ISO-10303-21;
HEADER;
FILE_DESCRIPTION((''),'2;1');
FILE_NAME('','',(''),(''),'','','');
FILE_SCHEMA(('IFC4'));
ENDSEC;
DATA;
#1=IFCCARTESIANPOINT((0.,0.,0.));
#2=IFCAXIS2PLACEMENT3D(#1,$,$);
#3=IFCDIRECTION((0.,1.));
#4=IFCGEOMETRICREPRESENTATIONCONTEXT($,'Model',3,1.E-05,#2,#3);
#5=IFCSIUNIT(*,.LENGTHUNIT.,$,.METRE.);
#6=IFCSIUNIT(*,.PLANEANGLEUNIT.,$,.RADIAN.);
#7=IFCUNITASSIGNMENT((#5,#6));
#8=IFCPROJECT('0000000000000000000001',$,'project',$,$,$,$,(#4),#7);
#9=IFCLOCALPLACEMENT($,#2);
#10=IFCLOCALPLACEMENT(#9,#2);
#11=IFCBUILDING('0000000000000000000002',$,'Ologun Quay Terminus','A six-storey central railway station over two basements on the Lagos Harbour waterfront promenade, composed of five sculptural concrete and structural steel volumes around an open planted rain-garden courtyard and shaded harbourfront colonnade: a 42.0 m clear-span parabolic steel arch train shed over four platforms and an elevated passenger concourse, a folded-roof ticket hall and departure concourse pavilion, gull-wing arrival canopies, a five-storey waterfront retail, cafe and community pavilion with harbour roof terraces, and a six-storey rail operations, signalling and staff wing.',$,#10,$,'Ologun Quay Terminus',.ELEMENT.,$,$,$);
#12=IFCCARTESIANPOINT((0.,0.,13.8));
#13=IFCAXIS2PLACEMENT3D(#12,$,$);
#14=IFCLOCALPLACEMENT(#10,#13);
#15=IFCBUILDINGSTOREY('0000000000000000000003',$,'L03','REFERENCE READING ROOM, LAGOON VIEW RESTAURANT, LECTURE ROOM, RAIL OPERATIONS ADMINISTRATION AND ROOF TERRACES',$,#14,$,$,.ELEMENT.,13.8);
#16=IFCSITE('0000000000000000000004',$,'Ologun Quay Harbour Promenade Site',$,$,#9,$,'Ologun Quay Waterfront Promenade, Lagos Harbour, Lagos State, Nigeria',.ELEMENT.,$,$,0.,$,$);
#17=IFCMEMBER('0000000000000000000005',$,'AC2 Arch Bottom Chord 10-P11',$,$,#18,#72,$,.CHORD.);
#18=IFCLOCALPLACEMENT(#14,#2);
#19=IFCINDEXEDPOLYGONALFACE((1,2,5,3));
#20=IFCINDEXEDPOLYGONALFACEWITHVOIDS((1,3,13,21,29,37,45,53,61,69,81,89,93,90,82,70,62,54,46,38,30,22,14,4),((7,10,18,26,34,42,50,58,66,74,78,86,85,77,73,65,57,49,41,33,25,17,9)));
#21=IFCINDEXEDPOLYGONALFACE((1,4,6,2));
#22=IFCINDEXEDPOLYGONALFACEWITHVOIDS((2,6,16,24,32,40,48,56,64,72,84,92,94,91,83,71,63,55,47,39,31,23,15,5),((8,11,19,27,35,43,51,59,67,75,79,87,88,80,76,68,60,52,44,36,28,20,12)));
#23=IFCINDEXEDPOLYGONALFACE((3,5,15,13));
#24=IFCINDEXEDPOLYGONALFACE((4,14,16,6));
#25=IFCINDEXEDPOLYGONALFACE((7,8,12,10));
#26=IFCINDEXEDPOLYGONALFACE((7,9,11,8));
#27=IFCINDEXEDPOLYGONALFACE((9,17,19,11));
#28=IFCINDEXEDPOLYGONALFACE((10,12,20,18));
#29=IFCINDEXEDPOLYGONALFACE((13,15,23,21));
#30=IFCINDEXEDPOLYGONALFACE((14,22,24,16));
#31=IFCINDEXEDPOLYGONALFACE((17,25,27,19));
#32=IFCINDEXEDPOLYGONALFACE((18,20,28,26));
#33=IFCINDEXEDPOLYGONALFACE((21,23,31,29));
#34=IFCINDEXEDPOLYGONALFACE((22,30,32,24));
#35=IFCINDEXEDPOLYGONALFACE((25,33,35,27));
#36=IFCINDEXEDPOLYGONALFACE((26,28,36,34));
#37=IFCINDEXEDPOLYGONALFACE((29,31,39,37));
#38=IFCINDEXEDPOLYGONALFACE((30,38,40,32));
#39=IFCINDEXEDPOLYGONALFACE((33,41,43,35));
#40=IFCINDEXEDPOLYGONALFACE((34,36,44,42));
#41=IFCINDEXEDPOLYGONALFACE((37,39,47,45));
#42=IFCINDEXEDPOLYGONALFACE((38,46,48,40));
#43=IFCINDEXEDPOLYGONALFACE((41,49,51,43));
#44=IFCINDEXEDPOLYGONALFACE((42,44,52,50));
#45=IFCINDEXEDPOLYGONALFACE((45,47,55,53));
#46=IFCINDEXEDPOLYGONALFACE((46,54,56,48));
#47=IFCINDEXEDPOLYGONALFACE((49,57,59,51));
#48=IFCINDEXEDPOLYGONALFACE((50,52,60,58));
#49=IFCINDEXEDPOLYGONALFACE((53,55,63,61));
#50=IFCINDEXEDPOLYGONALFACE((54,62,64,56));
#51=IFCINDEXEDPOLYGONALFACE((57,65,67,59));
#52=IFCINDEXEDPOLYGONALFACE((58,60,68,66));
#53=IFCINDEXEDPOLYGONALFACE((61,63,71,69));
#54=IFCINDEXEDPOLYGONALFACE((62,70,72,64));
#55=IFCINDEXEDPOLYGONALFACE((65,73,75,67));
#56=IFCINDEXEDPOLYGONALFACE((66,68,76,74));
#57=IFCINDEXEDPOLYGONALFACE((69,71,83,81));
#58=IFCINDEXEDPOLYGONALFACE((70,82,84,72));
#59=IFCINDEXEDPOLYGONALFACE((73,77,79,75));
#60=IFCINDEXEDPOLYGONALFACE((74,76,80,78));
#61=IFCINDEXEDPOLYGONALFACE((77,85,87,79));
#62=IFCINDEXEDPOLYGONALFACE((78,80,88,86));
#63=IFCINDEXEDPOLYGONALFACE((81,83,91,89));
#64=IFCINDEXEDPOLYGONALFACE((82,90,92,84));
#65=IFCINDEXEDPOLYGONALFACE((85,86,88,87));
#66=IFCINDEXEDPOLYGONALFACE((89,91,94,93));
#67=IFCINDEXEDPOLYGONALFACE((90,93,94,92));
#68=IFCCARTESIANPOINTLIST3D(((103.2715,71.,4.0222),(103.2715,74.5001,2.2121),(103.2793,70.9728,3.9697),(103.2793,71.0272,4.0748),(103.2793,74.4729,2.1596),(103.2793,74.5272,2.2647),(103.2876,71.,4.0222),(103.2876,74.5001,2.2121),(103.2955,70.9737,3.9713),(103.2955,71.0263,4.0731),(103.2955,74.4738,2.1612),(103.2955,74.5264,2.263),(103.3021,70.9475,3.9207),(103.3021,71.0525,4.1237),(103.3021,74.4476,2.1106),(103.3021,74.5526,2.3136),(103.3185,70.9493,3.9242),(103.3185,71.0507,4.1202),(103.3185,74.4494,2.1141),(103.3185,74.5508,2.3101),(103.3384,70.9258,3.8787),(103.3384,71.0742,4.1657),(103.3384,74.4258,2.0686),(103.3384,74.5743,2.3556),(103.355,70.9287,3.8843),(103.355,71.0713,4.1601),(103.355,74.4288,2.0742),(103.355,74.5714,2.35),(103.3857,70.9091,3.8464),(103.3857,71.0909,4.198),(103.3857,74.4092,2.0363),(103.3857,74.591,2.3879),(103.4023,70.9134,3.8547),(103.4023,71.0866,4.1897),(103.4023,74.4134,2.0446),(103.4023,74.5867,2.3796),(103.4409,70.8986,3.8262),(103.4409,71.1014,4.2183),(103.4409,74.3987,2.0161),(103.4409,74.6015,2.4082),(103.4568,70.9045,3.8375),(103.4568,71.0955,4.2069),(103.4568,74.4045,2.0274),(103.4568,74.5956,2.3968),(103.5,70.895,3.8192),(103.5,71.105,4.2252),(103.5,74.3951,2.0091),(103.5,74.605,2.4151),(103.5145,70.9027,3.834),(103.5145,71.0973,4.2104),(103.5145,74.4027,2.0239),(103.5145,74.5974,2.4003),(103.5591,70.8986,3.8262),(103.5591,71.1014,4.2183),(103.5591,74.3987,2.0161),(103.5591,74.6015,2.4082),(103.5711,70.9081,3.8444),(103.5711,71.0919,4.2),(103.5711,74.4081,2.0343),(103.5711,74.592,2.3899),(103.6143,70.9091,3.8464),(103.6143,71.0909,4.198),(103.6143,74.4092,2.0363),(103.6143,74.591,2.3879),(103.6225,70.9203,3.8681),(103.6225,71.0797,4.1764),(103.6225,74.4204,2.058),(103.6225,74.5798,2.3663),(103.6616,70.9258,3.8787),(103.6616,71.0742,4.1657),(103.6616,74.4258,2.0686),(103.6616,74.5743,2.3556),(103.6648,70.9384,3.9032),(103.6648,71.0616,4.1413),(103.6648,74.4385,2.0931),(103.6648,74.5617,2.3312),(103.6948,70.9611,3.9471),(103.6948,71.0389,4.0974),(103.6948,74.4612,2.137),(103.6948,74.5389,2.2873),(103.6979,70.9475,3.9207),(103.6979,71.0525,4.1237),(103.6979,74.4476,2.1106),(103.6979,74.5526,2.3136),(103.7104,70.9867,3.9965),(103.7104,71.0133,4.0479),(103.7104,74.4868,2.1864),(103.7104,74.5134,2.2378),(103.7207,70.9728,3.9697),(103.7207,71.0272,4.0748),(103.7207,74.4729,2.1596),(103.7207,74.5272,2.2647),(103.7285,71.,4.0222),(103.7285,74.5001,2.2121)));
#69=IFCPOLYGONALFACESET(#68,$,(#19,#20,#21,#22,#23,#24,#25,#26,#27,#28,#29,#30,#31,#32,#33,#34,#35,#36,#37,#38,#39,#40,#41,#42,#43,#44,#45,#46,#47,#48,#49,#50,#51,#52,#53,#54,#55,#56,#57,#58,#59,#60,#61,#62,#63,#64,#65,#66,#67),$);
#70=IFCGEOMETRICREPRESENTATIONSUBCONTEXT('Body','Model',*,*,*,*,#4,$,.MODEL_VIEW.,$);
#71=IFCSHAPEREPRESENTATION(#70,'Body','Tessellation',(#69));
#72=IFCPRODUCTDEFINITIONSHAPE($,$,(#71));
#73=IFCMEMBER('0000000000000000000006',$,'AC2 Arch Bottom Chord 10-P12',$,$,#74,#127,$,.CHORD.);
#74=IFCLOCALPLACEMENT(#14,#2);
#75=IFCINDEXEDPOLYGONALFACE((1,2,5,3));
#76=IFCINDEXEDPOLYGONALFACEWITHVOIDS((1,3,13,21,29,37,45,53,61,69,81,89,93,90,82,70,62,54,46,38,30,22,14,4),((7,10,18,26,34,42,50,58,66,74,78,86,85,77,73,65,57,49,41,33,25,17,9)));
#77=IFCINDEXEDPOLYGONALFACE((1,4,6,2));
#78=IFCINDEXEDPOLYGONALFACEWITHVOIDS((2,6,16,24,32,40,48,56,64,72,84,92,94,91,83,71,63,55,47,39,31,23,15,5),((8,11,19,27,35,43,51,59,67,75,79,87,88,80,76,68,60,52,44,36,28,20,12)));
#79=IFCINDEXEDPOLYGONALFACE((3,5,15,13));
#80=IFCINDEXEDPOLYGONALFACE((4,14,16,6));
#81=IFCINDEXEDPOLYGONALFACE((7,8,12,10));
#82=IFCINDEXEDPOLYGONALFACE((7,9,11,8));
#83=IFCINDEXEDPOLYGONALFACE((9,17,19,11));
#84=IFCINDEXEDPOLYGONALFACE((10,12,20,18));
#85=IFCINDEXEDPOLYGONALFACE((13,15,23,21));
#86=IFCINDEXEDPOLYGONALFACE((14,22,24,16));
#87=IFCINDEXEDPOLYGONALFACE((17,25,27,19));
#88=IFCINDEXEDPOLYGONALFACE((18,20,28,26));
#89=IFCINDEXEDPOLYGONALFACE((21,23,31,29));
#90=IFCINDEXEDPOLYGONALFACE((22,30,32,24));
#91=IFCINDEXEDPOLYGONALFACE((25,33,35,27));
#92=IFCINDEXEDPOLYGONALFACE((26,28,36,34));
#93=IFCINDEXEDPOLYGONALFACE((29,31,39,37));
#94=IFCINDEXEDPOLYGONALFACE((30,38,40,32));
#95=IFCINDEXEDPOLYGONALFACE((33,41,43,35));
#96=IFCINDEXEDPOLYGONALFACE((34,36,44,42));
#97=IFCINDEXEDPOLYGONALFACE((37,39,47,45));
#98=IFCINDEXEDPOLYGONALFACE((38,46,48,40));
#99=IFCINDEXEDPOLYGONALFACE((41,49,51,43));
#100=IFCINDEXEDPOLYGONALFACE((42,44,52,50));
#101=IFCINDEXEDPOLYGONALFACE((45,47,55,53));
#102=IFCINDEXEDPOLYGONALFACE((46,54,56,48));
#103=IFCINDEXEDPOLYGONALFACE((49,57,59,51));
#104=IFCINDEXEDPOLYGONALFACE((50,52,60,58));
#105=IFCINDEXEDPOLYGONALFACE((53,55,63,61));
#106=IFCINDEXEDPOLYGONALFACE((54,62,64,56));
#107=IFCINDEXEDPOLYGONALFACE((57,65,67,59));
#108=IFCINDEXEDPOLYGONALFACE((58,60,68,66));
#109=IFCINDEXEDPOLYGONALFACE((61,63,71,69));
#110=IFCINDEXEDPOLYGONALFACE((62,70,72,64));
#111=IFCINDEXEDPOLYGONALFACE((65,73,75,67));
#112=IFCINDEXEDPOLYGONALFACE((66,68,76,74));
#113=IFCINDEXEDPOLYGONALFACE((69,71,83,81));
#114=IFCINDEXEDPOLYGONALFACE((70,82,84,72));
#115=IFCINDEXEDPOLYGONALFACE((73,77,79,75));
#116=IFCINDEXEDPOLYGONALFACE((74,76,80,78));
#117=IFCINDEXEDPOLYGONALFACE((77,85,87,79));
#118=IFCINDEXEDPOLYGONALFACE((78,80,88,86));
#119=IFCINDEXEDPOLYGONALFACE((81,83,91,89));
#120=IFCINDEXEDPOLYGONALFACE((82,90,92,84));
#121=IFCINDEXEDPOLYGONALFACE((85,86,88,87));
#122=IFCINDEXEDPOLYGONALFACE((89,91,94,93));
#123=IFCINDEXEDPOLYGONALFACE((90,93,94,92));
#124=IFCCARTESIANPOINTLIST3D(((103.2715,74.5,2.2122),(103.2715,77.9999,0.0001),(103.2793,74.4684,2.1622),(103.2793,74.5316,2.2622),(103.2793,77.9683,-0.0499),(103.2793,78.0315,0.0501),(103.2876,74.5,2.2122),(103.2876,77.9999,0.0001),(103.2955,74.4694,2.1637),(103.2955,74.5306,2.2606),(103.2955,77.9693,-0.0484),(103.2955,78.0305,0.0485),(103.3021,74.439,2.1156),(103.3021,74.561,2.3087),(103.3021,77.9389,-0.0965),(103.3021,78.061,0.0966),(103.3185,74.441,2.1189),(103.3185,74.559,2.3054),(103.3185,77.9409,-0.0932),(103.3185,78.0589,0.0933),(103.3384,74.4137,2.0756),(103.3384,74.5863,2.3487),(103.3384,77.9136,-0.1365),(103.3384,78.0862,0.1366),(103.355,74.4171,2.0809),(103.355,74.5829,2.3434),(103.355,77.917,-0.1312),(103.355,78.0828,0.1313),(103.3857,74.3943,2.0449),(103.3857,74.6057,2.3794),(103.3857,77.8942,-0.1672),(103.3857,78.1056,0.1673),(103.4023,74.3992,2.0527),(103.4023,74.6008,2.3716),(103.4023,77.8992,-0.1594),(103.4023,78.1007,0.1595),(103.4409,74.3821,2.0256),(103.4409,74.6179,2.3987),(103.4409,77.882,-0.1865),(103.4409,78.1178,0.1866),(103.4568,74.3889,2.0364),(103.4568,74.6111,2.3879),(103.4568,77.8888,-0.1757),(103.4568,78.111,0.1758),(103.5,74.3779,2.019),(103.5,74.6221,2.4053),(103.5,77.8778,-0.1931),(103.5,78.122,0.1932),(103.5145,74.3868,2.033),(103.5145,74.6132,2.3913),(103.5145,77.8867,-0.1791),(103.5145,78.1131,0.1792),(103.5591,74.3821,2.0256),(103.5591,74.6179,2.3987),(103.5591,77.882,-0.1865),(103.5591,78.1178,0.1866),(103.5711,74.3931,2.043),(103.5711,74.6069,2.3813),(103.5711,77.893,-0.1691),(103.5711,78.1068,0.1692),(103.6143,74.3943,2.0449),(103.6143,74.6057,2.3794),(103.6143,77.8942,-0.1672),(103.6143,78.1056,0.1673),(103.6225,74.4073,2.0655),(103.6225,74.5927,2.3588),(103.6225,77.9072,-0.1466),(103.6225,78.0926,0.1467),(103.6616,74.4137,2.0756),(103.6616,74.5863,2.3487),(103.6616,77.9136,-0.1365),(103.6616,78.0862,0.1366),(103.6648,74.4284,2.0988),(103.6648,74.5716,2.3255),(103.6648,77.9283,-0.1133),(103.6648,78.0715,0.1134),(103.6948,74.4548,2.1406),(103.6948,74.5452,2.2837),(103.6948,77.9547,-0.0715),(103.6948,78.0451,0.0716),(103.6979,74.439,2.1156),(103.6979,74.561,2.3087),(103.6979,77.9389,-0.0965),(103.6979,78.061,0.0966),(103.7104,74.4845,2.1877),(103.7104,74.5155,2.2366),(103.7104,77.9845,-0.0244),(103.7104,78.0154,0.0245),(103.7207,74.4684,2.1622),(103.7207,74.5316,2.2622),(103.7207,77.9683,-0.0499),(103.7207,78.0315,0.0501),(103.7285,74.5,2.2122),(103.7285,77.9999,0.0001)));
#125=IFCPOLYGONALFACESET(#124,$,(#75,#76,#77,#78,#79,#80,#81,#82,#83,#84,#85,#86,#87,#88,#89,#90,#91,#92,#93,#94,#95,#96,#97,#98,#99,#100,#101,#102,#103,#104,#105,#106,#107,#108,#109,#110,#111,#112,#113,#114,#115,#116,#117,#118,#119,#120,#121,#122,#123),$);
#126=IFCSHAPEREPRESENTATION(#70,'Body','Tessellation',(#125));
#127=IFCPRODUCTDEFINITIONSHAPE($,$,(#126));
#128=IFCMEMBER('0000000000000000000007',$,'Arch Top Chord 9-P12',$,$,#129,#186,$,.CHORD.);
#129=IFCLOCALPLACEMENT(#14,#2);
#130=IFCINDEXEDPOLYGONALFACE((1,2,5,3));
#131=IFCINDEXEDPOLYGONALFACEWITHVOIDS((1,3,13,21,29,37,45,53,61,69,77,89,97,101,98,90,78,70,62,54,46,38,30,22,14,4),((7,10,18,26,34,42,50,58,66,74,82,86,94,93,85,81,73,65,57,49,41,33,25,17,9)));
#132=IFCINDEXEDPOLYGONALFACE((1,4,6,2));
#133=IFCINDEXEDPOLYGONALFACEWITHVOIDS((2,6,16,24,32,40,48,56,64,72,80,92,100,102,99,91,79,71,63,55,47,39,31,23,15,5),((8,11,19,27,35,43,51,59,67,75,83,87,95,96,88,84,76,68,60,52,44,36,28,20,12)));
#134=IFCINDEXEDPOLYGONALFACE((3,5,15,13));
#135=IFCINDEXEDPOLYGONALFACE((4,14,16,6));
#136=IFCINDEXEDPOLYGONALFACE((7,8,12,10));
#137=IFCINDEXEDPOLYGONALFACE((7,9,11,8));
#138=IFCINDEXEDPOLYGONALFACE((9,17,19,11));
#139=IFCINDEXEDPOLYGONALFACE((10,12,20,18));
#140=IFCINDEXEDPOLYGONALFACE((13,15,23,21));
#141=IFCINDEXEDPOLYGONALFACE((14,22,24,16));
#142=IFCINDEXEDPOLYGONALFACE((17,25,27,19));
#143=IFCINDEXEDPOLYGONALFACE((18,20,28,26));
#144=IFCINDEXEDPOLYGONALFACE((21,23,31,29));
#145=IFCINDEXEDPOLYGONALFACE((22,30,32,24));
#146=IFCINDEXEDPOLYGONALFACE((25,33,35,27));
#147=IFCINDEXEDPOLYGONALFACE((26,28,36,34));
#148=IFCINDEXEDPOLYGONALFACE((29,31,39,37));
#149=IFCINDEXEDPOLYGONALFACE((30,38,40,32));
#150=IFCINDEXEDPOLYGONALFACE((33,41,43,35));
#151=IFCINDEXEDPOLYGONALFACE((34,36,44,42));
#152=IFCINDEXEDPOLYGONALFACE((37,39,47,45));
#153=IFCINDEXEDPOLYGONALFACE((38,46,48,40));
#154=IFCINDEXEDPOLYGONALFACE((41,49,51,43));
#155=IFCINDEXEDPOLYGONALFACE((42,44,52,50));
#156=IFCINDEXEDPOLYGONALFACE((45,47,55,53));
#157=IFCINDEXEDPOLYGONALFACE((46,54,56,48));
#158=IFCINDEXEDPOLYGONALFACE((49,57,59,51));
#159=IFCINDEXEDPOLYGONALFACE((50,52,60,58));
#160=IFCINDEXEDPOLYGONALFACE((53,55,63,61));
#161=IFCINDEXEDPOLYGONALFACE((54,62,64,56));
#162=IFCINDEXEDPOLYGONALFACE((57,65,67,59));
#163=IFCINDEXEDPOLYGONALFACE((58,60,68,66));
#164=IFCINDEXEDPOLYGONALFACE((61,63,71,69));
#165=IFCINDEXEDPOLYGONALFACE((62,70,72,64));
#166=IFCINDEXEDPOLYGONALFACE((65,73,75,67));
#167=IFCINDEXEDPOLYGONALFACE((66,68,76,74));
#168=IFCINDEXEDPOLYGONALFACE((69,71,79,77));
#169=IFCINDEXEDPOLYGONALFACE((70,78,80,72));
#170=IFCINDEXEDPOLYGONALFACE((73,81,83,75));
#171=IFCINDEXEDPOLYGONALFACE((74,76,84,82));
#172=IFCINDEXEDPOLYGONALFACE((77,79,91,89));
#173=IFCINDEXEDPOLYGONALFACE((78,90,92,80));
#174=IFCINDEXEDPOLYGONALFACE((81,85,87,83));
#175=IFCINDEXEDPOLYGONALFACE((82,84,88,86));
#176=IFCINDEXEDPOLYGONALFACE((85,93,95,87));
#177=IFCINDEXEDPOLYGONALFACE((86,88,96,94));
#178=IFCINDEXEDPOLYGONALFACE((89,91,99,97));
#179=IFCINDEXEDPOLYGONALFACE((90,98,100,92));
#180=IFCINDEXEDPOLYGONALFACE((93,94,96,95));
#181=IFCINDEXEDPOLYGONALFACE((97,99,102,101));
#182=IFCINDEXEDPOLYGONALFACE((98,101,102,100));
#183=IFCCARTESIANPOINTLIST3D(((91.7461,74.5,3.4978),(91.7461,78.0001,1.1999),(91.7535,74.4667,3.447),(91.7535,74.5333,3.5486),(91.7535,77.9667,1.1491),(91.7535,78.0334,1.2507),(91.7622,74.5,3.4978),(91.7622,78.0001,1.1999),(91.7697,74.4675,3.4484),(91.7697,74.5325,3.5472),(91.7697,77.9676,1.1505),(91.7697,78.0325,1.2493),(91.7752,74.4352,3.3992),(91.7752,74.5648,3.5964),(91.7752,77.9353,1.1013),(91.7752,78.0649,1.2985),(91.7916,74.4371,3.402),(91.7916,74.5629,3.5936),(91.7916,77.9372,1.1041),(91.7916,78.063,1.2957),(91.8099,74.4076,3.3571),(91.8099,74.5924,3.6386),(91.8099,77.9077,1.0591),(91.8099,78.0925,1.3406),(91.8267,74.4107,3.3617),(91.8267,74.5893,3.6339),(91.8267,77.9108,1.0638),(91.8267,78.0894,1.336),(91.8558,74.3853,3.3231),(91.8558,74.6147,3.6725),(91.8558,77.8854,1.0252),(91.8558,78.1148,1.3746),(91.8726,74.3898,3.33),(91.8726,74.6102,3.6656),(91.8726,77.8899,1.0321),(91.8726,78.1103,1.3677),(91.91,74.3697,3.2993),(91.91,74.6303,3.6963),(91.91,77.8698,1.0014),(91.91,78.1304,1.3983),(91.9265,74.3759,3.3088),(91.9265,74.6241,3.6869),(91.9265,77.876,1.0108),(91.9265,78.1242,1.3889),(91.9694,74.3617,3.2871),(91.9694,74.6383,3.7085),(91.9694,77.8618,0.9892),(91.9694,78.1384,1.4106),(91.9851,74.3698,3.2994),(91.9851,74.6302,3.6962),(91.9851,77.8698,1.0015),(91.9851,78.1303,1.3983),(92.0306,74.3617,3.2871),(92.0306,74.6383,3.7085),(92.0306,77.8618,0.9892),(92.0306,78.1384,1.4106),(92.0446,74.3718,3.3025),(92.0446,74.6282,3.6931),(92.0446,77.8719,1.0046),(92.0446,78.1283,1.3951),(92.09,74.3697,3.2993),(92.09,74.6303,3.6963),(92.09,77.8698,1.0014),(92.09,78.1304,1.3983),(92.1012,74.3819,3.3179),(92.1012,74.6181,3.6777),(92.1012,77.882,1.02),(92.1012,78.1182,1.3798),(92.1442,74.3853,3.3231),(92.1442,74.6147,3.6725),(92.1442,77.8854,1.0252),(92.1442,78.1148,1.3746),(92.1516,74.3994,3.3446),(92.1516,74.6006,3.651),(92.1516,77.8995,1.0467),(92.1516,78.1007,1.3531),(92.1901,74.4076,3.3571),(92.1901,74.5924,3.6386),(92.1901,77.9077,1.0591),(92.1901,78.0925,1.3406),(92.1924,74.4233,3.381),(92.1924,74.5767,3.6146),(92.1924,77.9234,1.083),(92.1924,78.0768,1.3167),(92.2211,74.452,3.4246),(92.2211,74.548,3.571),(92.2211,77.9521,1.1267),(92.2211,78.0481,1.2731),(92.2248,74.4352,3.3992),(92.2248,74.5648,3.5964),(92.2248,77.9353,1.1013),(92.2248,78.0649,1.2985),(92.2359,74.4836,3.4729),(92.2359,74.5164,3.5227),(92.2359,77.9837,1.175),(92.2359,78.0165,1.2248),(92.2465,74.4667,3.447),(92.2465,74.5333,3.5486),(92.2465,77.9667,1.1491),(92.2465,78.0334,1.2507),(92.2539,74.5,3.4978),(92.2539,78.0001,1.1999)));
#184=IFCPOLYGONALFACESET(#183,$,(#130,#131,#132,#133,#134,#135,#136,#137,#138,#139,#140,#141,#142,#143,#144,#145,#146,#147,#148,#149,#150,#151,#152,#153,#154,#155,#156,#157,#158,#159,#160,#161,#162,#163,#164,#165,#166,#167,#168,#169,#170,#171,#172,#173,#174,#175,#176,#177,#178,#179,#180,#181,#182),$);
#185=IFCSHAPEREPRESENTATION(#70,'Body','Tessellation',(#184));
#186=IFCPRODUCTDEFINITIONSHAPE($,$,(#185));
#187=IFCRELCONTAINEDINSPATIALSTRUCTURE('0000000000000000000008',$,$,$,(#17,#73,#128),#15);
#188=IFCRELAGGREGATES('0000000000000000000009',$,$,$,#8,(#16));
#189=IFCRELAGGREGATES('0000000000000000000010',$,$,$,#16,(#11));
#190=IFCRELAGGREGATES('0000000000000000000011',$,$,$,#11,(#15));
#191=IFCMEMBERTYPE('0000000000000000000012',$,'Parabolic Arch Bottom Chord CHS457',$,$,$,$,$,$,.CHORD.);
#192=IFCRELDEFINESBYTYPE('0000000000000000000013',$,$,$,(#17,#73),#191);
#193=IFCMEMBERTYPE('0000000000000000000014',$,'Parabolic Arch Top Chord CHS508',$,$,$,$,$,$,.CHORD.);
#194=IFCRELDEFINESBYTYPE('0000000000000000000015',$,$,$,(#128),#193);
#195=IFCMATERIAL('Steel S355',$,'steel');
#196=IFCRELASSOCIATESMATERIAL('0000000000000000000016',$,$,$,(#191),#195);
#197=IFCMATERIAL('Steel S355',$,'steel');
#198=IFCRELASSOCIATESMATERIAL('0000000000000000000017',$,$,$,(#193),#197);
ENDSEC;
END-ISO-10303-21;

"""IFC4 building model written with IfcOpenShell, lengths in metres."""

from ifc_helpers import new_model, si_unit, direction, frame, origin, origin_2d, place, context, subcontext, project, spatial, hollow_circle, extrude, material, material_profile, profile_set, type_object, element, save


model = new_model("IFC4")

# Units and contexts
model_context = context("Model", 3, precision=1e-05, world=origin(), true_north=direction((0.0, 1.0)))
body_context = subcontext(model_context, "Body", "Model", "MODEL_VIEW")
ifc_project = project(units=[si_unit("LENGTHUNIT", "METRE"), si_unit("PLANEANGLEUNIT", "RADIAN")], contexts=[model_context])

# Site, building, storey
site_placement = place(None, origin())
site = spatial("IfcSite", under=ifc_project, at=site_placement, Name="Ologun Quay Harbour Promenade Site", LongName="Ologun Quay Waterfront Promenade, Lagos Harbour, Lagos State, Nigeria", CompositionType="ELEMENT", RefElevation=0.0)
building_placement = place(site_placement, origin())
building = spatial("IfcBuilding", under=site, at=building_placement, Name="Ologun Quay Terminus", Description="A six-storey central railway station over two basements on the Lagos Harbour waterfront promenade, composed of five sculptural concrete and structural steel volumes around an open planted rain-garden courtyard and shaded harbourfront colonnade: a 42.0 m clear-span parabolic steel arch train shed over four platforms and an elevated passenger concourse, a folded-roof ticket hall and departure concourse pavilion, gull-wing arrival canopies, a five-storey waterfront retail, cafe and community pavilion with harbour roof terraces, and a six-storey rail operations, signalling and staff wing.", LongName="Ologun Quay Terminus", CompositionType="ELEMENT")
storey_placement = place(building_placement, frame((0.0, 0.0, 13.8)))
storey = spatial("IfcBuildingStorey", under=building, at=storey_placement, Name="L03", Description="REFERENCE READING ROOM, LAGOON VIEW RESTAURANT, LECTURE ROOM, RAIL OPERATIONS ADMINISTRATION AND ROOF TERRACES", CompositionType="ELEMENT", Elevation=13.8)

# Members
ifc_material_1 = material(Name="Steel S355", Category="steel")
ifc_material_profile_1 = material_profile(ifc_material_1, hollow_circle(Radius=0.2285, WallThickness=0.0161, at=origin_2d()), Name="CHS 457x16")
ifc_profile_set_1 = profile_set([ifc_material_profile_1], Name="Steel S355")
member_type_1 = type_object("IfcMemberType", Name="Parabolic Arch Bottom Chord CHS457", PredefinedType="CHORD", material=ifc_profile_set_1)
member_1_placement = place(storey_placement, frame((103.5, 71.0, 4.0222), z_axis=(0.0, 0.888247, -0.459366), x_axis=(-1.0, 0.0, 0.0)))
element("IfcMember", 1, at=member_1_placement, inside=storey, type_object=member_type_1, Name="AC2 Arch Bottom Chord 10-P11", PredefinedType="CHORD", context=body_context, shape_type="SweptSolid", body=[
    extrude(hollow_circle(Radius=0.2285, WallThickness=0.0161, at=origin_2d()), origin(), (0.0, 0.0, 1.0), 3.9404),
])
member_2_placement = place(storey_placement, frame((103.5, 74.5, 2.2122), z_axis=(0.0, 0.845311, -0.534275), x_axis=(-1.0, 0.0, 0.0)))
element("IfcMember", 2, at=member_2_placement, inside=storey, type_object=member_type_1, Name="AC2 Arch Bottom Chord 10-P12", PredefinedType="CHORD", context=body_context, shape_type="SweptSolid", body=[
    extrude(hollow_circle(Radius=0.2285, WallThickness=0.0161, at=origin_2d()), origin(), (0.0, 0.0, 1.0), 4.1404),
])
ifc_material_2 = material(Name="Steel S355", Category="steel")
ifc_material_profile_2 = material_profile(ifc_material_2, hollow_circle(Radius=0.2539, WallThickness=0.0161, at=origin_2d()), Name="CHS 508x16")
ifc_profile_set_2 = profile_set([ifc_material_profile_2], Name="Steel S355")
member_type_2 = type_object("IfcMemberType", Name="Parabolic Arch Top Chord CHS508", PredefinedType="CHORD", material=ifc_profile_set_2)
member_3_placement = place(storey_placement, frame((92.0, 74.5, 3.4978), z_axis=(0.0, 0.835941, -0.548819), x_axis=(-1.0, 0.0, 0.0)))
element("IfcMember", 3, at=member_3_placement, inside=storey, type_object=member_type_2, Name="Arch Top Chord 9-P12", PredefinedType="CHORD", context=body_context, shape_type="SweptSolid", body=[
    extrude(hollow_circle(Radius=0.2539, WallThickness=0.0161, at=origin_2d()), origin(), (0.0, 0.0, 1.0), 4.187),
])

save(model, "model.ifc")
